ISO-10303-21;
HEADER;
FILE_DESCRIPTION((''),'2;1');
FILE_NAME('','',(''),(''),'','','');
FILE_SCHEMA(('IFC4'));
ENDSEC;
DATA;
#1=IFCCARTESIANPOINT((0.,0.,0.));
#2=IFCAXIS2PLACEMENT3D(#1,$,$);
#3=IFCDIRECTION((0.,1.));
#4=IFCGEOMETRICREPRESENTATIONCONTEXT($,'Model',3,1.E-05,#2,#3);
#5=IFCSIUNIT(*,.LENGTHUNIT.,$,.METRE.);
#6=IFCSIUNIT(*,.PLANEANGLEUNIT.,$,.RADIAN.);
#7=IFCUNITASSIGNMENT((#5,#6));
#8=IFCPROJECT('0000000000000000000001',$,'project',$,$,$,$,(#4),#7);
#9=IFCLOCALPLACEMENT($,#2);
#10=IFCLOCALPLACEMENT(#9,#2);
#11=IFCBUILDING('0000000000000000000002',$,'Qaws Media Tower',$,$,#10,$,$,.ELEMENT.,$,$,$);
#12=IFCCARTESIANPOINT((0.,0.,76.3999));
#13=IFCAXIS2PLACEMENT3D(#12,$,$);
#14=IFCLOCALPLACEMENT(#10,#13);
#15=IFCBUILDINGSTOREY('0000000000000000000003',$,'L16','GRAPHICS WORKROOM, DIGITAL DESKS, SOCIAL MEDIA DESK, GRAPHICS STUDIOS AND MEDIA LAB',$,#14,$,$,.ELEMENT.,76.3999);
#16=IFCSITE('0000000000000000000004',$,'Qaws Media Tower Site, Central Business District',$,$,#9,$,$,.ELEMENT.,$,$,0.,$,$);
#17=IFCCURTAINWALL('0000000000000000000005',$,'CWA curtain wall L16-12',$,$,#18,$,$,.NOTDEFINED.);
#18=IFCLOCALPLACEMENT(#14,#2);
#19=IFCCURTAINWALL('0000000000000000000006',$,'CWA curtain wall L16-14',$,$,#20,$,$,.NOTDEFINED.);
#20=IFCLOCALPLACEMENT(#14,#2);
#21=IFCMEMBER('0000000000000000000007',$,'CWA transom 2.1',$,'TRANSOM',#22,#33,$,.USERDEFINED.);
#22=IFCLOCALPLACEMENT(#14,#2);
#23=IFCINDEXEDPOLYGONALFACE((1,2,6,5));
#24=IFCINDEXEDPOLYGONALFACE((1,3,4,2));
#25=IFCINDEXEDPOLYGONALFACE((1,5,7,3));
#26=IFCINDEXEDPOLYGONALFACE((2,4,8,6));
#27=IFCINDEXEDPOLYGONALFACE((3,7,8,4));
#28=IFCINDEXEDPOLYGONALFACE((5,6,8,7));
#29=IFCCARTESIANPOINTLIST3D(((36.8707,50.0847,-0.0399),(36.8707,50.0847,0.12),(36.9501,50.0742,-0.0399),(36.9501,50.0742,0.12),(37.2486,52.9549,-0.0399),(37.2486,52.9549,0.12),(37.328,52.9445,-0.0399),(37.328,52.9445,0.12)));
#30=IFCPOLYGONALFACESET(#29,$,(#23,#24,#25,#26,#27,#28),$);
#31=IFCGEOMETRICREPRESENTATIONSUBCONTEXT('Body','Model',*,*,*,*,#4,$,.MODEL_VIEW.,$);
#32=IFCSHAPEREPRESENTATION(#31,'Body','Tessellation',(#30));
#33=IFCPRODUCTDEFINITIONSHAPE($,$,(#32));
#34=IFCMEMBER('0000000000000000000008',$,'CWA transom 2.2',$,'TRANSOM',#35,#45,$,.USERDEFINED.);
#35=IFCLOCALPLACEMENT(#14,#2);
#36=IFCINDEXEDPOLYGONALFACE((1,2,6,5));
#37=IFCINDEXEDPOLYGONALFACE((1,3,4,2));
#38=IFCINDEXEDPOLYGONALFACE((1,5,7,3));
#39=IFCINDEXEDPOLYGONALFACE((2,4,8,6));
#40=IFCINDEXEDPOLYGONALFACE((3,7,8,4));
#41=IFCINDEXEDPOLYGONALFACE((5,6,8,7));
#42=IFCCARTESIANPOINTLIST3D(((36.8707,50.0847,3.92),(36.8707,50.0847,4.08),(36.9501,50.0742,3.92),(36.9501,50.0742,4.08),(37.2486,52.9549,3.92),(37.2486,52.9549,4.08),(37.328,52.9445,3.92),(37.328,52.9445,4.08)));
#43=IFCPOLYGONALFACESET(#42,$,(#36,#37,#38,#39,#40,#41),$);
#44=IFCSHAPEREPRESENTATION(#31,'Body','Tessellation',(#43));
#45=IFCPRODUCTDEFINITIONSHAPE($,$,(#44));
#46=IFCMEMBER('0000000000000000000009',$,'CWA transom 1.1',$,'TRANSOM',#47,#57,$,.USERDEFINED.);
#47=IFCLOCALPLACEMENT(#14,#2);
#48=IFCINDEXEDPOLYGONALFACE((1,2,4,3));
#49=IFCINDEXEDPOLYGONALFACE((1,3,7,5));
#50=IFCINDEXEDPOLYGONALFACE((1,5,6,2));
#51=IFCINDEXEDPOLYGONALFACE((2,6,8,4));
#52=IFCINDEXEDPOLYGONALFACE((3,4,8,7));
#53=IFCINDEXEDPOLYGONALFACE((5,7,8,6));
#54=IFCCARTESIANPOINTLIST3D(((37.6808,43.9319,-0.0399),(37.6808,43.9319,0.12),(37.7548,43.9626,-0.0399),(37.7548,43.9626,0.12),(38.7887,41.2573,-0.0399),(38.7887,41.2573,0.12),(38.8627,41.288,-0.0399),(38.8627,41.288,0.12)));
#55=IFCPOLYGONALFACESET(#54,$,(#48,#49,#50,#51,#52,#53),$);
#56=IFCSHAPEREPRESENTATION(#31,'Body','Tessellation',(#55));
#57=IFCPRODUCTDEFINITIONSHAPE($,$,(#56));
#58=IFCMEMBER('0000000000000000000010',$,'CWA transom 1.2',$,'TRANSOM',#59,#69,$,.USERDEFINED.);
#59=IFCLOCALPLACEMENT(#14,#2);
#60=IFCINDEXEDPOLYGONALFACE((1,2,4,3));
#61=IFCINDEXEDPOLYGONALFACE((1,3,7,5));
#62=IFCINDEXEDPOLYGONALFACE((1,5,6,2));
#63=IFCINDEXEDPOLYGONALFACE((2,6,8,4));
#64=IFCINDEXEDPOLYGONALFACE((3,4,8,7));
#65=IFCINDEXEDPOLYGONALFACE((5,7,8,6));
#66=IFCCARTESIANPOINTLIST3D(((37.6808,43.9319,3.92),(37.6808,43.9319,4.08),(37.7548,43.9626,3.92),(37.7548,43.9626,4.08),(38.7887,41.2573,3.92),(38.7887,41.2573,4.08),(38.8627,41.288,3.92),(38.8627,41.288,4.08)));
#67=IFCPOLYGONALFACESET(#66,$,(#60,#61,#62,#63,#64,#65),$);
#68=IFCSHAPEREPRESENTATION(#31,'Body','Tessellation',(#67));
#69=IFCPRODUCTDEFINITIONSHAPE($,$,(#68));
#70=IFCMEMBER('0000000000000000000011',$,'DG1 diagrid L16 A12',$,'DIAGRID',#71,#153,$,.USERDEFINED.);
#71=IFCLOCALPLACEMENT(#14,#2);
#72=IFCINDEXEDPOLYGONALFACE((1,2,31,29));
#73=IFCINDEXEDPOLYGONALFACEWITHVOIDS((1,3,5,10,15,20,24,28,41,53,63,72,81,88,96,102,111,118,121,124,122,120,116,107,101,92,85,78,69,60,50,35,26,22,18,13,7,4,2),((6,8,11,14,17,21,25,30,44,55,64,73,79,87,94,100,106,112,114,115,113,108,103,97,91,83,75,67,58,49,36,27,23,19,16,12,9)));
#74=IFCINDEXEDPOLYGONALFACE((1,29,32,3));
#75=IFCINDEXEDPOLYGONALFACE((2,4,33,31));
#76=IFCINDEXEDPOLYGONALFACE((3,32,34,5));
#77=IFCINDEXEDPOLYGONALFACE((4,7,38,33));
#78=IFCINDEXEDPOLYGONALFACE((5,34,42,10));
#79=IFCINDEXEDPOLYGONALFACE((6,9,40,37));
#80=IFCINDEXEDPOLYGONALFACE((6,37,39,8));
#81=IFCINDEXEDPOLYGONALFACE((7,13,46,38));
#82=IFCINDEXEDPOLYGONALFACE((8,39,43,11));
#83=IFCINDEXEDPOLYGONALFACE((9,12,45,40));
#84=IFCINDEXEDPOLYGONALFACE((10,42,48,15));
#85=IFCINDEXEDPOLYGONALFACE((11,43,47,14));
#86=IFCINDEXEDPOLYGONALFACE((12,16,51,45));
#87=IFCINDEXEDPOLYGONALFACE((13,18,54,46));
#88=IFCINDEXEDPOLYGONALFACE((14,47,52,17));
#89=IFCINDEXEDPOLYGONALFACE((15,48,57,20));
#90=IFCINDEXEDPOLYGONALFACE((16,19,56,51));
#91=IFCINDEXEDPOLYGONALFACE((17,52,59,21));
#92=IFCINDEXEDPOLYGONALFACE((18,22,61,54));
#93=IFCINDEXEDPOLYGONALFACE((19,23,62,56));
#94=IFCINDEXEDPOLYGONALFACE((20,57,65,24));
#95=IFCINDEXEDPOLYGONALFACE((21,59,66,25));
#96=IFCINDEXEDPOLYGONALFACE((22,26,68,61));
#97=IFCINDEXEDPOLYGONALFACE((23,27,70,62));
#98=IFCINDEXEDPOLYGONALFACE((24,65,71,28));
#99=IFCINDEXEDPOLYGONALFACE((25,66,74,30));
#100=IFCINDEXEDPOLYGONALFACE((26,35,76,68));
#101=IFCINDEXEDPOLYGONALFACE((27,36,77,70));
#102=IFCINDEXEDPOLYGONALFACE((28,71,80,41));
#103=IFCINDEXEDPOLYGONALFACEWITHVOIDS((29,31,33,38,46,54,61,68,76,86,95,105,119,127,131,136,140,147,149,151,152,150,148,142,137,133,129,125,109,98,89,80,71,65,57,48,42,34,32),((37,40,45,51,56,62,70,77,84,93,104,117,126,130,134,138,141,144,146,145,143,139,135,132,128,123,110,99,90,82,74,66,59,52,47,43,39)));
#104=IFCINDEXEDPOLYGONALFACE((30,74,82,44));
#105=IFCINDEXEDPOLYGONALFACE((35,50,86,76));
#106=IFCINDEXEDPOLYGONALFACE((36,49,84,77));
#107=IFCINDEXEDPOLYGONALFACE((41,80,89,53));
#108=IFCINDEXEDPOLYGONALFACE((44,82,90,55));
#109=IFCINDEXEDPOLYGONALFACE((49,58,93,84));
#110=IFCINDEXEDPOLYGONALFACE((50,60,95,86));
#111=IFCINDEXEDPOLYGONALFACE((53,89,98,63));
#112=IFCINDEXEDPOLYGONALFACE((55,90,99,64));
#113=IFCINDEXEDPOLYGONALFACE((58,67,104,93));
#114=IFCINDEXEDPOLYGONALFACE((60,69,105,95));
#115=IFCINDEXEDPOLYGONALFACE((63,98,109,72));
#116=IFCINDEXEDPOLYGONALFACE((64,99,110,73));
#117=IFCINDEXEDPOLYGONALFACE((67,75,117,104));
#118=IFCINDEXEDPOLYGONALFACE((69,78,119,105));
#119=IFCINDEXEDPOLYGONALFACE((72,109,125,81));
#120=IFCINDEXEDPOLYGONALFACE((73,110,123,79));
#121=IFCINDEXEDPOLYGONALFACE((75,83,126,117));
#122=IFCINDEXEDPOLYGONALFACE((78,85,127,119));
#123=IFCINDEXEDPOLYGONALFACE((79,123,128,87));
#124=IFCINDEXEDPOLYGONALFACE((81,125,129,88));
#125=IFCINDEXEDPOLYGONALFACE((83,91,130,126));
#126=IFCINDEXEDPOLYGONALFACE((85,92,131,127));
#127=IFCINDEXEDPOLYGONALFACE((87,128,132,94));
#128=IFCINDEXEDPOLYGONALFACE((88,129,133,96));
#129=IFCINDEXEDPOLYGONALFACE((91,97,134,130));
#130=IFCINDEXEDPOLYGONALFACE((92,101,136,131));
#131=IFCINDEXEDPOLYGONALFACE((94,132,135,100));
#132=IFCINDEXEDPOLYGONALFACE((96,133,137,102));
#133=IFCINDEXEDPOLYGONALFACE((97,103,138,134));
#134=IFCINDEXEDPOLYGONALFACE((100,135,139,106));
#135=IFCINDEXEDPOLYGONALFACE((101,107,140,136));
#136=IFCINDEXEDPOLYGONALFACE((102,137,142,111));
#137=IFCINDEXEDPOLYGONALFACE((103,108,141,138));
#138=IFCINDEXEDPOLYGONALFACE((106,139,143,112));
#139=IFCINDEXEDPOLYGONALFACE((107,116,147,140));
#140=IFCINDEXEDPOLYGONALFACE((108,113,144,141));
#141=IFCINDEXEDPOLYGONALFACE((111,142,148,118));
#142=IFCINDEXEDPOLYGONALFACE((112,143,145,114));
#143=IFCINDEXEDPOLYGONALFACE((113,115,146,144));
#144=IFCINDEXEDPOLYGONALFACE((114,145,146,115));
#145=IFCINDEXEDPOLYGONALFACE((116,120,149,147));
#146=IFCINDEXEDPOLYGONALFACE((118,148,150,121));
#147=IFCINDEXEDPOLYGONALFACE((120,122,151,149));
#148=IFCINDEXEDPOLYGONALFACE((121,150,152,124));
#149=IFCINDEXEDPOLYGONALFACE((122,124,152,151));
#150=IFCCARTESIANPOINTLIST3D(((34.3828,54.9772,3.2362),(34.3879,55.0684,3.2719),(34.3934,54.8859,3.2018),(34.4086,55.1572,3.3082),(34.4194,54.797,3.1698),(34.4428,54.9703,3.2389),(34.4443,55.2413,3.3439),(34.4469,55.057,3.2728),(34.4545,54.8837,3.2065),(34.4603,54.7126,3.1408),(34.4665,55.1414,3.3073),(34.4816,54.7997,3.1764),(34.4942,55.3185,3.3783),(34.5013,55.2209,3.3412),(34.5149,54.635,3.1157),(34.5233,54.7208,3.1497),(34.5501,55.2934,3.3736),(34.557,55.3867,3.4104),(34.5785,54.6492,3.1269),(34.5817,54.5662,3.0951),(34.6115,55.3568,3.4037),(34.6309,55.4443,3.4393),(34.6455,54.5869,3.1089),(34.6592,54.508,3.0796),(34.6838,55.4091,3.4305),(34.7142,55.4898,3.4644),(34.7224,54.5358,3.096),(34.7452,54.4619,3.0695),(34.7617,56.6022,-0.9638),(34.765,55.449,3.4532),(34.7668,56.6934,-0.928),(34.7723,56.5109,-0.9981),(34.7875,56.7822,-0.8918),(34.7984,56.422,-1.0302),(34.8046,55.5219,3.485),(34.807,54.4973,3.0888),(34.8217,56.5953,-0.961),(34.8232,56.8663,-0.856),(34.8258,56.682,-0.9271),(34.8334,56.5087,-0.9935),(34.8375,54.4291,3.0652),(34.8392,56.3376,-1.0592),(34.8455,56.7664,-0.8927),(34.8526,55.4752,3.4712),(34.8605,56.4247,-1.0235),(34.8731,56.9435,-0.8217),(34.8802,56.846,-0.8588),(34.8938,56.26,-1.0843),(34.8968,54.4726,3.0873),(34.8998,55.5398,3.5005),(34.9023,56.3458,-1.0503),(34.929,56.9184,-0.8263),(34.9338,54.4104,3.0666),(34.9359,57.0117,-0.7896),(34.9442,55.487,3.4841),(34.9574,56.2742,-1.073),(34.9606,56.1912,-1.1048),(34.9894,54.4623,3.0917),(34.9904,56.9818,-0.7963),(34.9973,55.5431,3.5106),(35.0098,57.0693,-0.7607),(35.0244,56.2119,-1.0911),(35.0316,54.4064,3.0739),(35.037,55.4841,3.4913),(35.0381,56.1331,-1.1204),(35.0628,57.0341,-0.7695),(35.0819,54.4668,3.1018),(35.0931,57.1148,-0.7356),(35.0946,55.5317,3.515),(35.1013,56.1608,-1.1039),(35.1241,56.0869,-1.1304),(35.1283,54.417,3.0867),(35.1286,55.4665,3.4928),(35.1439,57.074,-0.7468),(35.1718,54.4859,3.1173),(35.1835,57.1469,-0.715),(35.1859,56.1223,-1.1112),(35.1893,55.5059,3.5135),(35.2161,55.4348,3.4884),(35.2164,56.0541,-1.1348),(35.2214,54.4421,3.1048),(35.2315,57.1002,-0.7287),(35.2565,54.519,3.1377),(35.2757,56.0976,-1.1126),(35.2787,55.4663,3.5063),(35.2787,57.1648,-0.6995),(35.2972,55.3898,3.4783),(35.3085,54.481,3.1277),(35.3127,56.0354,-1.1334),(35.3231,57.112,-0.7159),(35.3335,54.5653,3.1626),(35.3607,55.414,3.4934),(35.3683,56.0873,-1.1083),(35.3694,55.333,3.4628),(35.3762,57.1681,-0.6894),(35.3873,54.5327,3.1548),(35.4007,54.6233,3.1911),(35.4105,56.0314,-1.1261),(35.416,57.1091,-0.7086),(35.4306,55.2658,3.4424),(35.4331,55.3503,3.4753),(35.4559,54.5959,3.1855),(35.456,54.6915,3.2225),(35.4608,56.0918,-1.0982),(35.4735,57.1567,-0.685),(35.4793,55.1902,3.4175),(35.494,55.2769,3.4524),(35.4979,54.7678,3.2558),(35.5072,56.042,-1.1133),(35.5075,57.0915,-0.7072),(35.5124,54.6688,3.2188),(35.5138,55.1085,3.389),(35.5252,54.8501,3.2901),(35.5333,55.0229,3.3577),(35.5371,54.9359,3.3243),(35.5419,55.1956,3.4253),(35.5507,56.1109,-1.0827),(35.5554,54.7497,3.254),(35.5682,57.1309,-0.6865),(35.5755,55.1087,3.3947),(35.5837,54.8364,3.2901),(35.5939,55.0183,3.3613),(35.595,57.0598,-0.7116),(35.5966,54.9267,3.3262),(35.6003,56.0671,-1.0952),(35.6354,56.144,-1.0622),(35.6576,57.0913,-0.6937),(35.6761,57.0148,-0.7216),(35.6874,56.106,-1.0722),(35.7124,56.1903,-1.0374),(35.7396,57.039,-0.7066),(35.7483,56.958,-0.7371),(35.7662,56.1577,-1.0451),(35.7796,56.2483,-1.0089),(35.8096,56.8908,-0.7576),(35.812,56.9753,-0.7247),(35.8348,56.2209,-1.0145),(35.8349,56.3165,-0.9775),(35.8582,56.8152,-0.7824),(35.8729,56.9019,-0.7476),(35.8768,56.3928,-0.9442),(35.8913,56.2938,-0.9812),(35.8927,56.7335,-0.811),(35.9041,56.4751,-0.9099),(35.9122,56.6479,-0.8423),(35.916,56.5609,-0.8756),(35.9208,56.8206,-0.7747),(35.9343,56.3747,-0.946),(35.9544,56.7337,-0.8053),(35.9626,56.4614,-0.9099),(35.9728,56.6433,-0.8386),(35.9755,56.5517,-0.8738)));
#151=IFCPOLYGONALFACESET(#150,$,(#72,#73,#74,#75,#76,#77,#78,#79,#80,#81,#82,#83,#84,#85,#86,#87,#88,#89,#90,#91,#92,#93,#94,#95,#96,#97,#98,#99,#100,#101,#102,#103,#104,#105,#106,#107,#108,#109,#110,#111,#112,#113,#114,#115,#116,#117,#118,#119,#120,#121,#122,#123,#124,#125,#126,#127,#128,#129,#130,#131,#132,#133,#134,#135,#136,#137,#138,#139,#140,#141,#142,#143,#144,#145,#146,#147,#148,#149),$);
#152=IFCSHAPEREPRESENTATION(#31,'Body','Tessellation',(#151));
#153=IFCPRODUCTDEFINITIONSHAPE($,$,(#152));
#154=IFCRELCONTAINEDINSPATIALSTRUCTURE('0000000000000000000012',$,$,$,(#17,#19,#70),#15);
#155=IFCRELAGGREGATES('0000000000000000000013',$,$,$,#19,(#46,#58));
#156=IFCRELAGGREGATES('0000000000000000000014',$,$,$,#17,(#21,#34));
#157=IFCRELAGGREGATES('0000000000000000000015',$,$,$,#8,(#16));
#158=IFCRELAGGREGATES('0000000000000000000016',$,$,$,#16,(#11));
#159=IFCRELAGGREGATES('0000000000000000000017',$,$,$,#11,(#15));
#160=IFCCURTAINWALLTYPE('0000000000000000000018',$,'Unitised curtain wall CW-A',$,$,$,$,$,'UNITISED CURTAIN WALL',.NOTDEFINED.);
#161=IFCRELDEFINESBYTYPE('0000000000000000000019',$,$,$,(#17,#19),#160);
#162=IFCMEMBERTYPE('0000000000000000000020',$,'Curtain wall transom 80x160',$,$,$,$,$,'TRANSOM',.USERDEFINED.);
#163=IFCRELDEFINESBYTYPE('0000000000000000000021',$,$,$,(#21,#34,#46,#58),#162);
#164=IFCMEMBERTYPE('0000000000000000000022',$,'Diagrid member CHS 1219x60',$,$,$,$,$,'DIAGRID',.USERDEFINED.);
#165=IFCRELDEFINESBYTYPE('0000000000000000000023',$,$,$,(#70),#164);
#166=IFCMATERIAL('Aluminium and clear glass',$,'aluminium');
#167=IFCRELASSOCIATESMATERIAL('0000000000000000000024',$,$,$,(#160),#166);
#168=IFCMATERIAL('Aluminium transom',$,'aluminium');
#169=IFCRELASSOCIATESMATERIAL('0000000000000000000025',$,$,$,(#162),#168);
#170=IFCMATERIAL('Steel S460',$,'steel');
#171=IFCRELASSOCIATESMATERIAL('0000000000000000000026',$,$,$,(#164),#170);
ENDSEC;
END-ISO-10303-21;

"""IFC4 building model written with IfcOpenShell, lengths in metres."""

from ifc_helpers import new_model, si_unit, direction, frame, origin, origin_2d, place, context, subcontext, project, spatial, rectangle, hollow_circle, extrude, material, material_profile, profile_set, type_object, element, aggregate, save


model = new_model("IFC4")

# Units and contexts
model_context = context("Model", 3, precision=1e-05, world=origin(), true_north=direction((0.0, 1.0)))
body_context = subcontext(model_context, "Body", "Model", "MODEL_VIEW")
ifc_project = project(units=[si_unit("LENGTHUNIT", "METRE"), si_unit("PLANEANGLEUNIT", "RADIAN")], contexts=[model_context])

# Site, building, storey
site_placement = place(None, origin())
site = spatial("IfcSite", under=ifc_project, at=site_placement, Name="Qaws Media Tower Site, Central Business District", CompositionType="ELEMENT", RefElevation=0.0)
building_placement = place(site_placement, origin())
building = spatial("IfcBuilding", under=site, at=building_placement, Name="Qaws Media Tower", CompositionType="ELEMENT")
storey_placement = place(building_placement, frame((0.0, 0.0, 76.3999)))
storey = spatial("IfcBuildingStorey", under=building, at=storey_placement, Name="L16", Description="GRAPHICS WORKROOM, DIGITAL DESKS, SOCIAL MEDIA DESK, GRAPHICS STUDIOS AND MEDIA LAB", CompositionType="ELEMENT", Elevation=76.3999)

# Shared definitions
ifc_material_1 = material(Name="Aluminium and clear glass", Category="aluminium")
curtain_wall_type = type_object("IfcCurtainWallType", Name="Unitised curtain wall CW-A", ElementType="UNITISED CURTAIN WALL", PredefinedType="NOTDEFINED", material=ifc_material_1)

# Curtain wall
curtain_wall_1_placement = place(storey_placement, origin())
curtain_wall_1 = element("IfcCurtainWall", 1, at=curtain_wall_1_placement, inside=storey, type_object=curtain_wall_type, Name="CWA curtain wall L16-12", PredefinedType="NOTDEFINED")

# Curtain wall
curtain_wall_2_placement = place(storey_placement, origin())
curtain_wall_2 = element("IfcCurtainWall", 2, at=curtain_wall_2_placement, inside=storey, type_object=curtain_wall_type, Name="CWA curtain wall L16-14", PredefinedType="NOTDEFINED")

# Members
ifc_material_2 = material(Name="Aluminium transom", Category="aluminium")
ifc_material_profile_1 = material_profile(ifc_material_2, rectangle(XDim=0.0801, YDim=0.1599, at=origin_2d()), Name="80x160")
ifc_profile_set_1 = profile_set([ifc_material_profile_1], Name="Aluminium transom")
member_type_1 = type_object("IfcMemberType", Name="Curtain wall transom 80x160", ElementType="TRANSOM", PredefinedType="USERDEFINED", material=ifc_profile_set_1)
member_1_placement = place(storey_placement, frame((37.2883, 52.9497, 0.04), z_axis=(-0.13054, -0.991443, 0.0), x_axis=(0.991443, -0.13054, 0.0)))
member_1 = element("IfcMember", 3, at=member_1_placement, type_object=member_type_1, Name="CWA transom 2.1", ObjectType="TRANSOM", PredefinedType="USERDEFINED", context=body_context, shape_type="SweptSolid", body=[
    extrude(rectangle(XDim=0.0801, YDim=0.1599, at=origin_2d()), origin(), (0.0, 0.0, 1.0), 2.895),
])
member_2_placement = place(storey_placement, frame((37.2883, 52.9497, 4.0), z_axis=(-0.13054, -0.991443, 0.0), x_axis=(0.991443, -0.13054, 0.0)))
member_2 = element("IfcMember", 4, at=member_2_placement, type_object=member_type_1, Name="CWA transom 2.2", ObjectType="TRANSOM", PredefinedType="USERDEFINED", context=body_context, shape_type="SweptSolid", body=[
    extrude(rectangle(XDim=0.0801, YDim=0.1599, at=origin_2d()), origin(), (0.0, 0.0, 1.0), 2.895),
])
member_3_placement = place(storey_placement, frame((37.7178, 43.9473, 0.04), z_axis=(0.382704, -0.923871, 0.0), x_axis=(0.923871, 0.382704, 0.0)))
member_3 = element("IfcMember", 5, at=member_3_placement, type_object=member_type_1, Name="CWA transom 1.1", ObjectType="TRANSOM", PredefinedType="USERDEFINED", context=body_context, shape_type="SweptSolid", body=[
    extrude(rectangle(XDim=0.0801, YDim=0.1599, at=origin_2d()), origin(), (0.0, 0.0, 1.0), 2.895),
])
member_4_placement = place(storey_placement, frame((37.7178, 43.9473, 4.0), z_axis=(0.382704, -0.923871, 0.0), x_axis=(0.923871, 0.382704, 0.0)))
member_4 = element("IfcMember", 6, at=member_4_placement, type_object=member_type_1, Name="CWA transom 1.2", ObjectType="TRANSOM", PredefinedType="USERDEFINED", context=body_context, shape_type="SweptSolid", body=[
    extrude(rectangle(XDim=0.0801, YDim=0.1599, at=origin_2d()), origin(), (0.0, 0.0, 1.0), 2.895),
])
aggregate(curtain_wall_2, [member_3, member_4])

# Member
ifc_material_3 = material(Name="Steel S460", Category="steel")
ifc_material_profile_2 = material_profile(ifc_material_3, hollow_circle(Radius=0.6096, WallThickness=0.0601, at=origin_2d()), Name="CHS 1219x60")
ifc_profile_set_2 = profile_set([ifc_material_profile_2], Name="Steel S460")
member_type_2 = type_object("IfcMemberType", Name="Diagrid member CHS 1219x60", ElementType="DIAGRID", PredefinedType="USERDEFINED", material=ifc_profile_set_2)
for number, where, z_axis, x_axis, name in (
    (7, (35.3689, 56.5999, -0.9099), (-0.083842, -0.359571, 0.929343), (0.973876, -0.227082, 0.0), "DG1 diagrid L16 A12"),
):
    element("IfcMember", number, at=place(storey_placement, frame(where, z_axis=z_axis, x_axis=x_axis)), inside=storey, type_object=member_type_2, Name=name, ObjectType="DIAGRID", PredefinedType="USERDEFINED", context=body_context, shape_type="SweptSolid", body=[
        extrude(hollow_circle(Radius=0.6096, WallThickness=0.0601, at=origin_2d()), origin(), (0.0, 0.0, 1.0), 4.5193),
    ])

aggregate(curtain_wall_1, [member_1, member_2])

save(model, "model.ifc")
